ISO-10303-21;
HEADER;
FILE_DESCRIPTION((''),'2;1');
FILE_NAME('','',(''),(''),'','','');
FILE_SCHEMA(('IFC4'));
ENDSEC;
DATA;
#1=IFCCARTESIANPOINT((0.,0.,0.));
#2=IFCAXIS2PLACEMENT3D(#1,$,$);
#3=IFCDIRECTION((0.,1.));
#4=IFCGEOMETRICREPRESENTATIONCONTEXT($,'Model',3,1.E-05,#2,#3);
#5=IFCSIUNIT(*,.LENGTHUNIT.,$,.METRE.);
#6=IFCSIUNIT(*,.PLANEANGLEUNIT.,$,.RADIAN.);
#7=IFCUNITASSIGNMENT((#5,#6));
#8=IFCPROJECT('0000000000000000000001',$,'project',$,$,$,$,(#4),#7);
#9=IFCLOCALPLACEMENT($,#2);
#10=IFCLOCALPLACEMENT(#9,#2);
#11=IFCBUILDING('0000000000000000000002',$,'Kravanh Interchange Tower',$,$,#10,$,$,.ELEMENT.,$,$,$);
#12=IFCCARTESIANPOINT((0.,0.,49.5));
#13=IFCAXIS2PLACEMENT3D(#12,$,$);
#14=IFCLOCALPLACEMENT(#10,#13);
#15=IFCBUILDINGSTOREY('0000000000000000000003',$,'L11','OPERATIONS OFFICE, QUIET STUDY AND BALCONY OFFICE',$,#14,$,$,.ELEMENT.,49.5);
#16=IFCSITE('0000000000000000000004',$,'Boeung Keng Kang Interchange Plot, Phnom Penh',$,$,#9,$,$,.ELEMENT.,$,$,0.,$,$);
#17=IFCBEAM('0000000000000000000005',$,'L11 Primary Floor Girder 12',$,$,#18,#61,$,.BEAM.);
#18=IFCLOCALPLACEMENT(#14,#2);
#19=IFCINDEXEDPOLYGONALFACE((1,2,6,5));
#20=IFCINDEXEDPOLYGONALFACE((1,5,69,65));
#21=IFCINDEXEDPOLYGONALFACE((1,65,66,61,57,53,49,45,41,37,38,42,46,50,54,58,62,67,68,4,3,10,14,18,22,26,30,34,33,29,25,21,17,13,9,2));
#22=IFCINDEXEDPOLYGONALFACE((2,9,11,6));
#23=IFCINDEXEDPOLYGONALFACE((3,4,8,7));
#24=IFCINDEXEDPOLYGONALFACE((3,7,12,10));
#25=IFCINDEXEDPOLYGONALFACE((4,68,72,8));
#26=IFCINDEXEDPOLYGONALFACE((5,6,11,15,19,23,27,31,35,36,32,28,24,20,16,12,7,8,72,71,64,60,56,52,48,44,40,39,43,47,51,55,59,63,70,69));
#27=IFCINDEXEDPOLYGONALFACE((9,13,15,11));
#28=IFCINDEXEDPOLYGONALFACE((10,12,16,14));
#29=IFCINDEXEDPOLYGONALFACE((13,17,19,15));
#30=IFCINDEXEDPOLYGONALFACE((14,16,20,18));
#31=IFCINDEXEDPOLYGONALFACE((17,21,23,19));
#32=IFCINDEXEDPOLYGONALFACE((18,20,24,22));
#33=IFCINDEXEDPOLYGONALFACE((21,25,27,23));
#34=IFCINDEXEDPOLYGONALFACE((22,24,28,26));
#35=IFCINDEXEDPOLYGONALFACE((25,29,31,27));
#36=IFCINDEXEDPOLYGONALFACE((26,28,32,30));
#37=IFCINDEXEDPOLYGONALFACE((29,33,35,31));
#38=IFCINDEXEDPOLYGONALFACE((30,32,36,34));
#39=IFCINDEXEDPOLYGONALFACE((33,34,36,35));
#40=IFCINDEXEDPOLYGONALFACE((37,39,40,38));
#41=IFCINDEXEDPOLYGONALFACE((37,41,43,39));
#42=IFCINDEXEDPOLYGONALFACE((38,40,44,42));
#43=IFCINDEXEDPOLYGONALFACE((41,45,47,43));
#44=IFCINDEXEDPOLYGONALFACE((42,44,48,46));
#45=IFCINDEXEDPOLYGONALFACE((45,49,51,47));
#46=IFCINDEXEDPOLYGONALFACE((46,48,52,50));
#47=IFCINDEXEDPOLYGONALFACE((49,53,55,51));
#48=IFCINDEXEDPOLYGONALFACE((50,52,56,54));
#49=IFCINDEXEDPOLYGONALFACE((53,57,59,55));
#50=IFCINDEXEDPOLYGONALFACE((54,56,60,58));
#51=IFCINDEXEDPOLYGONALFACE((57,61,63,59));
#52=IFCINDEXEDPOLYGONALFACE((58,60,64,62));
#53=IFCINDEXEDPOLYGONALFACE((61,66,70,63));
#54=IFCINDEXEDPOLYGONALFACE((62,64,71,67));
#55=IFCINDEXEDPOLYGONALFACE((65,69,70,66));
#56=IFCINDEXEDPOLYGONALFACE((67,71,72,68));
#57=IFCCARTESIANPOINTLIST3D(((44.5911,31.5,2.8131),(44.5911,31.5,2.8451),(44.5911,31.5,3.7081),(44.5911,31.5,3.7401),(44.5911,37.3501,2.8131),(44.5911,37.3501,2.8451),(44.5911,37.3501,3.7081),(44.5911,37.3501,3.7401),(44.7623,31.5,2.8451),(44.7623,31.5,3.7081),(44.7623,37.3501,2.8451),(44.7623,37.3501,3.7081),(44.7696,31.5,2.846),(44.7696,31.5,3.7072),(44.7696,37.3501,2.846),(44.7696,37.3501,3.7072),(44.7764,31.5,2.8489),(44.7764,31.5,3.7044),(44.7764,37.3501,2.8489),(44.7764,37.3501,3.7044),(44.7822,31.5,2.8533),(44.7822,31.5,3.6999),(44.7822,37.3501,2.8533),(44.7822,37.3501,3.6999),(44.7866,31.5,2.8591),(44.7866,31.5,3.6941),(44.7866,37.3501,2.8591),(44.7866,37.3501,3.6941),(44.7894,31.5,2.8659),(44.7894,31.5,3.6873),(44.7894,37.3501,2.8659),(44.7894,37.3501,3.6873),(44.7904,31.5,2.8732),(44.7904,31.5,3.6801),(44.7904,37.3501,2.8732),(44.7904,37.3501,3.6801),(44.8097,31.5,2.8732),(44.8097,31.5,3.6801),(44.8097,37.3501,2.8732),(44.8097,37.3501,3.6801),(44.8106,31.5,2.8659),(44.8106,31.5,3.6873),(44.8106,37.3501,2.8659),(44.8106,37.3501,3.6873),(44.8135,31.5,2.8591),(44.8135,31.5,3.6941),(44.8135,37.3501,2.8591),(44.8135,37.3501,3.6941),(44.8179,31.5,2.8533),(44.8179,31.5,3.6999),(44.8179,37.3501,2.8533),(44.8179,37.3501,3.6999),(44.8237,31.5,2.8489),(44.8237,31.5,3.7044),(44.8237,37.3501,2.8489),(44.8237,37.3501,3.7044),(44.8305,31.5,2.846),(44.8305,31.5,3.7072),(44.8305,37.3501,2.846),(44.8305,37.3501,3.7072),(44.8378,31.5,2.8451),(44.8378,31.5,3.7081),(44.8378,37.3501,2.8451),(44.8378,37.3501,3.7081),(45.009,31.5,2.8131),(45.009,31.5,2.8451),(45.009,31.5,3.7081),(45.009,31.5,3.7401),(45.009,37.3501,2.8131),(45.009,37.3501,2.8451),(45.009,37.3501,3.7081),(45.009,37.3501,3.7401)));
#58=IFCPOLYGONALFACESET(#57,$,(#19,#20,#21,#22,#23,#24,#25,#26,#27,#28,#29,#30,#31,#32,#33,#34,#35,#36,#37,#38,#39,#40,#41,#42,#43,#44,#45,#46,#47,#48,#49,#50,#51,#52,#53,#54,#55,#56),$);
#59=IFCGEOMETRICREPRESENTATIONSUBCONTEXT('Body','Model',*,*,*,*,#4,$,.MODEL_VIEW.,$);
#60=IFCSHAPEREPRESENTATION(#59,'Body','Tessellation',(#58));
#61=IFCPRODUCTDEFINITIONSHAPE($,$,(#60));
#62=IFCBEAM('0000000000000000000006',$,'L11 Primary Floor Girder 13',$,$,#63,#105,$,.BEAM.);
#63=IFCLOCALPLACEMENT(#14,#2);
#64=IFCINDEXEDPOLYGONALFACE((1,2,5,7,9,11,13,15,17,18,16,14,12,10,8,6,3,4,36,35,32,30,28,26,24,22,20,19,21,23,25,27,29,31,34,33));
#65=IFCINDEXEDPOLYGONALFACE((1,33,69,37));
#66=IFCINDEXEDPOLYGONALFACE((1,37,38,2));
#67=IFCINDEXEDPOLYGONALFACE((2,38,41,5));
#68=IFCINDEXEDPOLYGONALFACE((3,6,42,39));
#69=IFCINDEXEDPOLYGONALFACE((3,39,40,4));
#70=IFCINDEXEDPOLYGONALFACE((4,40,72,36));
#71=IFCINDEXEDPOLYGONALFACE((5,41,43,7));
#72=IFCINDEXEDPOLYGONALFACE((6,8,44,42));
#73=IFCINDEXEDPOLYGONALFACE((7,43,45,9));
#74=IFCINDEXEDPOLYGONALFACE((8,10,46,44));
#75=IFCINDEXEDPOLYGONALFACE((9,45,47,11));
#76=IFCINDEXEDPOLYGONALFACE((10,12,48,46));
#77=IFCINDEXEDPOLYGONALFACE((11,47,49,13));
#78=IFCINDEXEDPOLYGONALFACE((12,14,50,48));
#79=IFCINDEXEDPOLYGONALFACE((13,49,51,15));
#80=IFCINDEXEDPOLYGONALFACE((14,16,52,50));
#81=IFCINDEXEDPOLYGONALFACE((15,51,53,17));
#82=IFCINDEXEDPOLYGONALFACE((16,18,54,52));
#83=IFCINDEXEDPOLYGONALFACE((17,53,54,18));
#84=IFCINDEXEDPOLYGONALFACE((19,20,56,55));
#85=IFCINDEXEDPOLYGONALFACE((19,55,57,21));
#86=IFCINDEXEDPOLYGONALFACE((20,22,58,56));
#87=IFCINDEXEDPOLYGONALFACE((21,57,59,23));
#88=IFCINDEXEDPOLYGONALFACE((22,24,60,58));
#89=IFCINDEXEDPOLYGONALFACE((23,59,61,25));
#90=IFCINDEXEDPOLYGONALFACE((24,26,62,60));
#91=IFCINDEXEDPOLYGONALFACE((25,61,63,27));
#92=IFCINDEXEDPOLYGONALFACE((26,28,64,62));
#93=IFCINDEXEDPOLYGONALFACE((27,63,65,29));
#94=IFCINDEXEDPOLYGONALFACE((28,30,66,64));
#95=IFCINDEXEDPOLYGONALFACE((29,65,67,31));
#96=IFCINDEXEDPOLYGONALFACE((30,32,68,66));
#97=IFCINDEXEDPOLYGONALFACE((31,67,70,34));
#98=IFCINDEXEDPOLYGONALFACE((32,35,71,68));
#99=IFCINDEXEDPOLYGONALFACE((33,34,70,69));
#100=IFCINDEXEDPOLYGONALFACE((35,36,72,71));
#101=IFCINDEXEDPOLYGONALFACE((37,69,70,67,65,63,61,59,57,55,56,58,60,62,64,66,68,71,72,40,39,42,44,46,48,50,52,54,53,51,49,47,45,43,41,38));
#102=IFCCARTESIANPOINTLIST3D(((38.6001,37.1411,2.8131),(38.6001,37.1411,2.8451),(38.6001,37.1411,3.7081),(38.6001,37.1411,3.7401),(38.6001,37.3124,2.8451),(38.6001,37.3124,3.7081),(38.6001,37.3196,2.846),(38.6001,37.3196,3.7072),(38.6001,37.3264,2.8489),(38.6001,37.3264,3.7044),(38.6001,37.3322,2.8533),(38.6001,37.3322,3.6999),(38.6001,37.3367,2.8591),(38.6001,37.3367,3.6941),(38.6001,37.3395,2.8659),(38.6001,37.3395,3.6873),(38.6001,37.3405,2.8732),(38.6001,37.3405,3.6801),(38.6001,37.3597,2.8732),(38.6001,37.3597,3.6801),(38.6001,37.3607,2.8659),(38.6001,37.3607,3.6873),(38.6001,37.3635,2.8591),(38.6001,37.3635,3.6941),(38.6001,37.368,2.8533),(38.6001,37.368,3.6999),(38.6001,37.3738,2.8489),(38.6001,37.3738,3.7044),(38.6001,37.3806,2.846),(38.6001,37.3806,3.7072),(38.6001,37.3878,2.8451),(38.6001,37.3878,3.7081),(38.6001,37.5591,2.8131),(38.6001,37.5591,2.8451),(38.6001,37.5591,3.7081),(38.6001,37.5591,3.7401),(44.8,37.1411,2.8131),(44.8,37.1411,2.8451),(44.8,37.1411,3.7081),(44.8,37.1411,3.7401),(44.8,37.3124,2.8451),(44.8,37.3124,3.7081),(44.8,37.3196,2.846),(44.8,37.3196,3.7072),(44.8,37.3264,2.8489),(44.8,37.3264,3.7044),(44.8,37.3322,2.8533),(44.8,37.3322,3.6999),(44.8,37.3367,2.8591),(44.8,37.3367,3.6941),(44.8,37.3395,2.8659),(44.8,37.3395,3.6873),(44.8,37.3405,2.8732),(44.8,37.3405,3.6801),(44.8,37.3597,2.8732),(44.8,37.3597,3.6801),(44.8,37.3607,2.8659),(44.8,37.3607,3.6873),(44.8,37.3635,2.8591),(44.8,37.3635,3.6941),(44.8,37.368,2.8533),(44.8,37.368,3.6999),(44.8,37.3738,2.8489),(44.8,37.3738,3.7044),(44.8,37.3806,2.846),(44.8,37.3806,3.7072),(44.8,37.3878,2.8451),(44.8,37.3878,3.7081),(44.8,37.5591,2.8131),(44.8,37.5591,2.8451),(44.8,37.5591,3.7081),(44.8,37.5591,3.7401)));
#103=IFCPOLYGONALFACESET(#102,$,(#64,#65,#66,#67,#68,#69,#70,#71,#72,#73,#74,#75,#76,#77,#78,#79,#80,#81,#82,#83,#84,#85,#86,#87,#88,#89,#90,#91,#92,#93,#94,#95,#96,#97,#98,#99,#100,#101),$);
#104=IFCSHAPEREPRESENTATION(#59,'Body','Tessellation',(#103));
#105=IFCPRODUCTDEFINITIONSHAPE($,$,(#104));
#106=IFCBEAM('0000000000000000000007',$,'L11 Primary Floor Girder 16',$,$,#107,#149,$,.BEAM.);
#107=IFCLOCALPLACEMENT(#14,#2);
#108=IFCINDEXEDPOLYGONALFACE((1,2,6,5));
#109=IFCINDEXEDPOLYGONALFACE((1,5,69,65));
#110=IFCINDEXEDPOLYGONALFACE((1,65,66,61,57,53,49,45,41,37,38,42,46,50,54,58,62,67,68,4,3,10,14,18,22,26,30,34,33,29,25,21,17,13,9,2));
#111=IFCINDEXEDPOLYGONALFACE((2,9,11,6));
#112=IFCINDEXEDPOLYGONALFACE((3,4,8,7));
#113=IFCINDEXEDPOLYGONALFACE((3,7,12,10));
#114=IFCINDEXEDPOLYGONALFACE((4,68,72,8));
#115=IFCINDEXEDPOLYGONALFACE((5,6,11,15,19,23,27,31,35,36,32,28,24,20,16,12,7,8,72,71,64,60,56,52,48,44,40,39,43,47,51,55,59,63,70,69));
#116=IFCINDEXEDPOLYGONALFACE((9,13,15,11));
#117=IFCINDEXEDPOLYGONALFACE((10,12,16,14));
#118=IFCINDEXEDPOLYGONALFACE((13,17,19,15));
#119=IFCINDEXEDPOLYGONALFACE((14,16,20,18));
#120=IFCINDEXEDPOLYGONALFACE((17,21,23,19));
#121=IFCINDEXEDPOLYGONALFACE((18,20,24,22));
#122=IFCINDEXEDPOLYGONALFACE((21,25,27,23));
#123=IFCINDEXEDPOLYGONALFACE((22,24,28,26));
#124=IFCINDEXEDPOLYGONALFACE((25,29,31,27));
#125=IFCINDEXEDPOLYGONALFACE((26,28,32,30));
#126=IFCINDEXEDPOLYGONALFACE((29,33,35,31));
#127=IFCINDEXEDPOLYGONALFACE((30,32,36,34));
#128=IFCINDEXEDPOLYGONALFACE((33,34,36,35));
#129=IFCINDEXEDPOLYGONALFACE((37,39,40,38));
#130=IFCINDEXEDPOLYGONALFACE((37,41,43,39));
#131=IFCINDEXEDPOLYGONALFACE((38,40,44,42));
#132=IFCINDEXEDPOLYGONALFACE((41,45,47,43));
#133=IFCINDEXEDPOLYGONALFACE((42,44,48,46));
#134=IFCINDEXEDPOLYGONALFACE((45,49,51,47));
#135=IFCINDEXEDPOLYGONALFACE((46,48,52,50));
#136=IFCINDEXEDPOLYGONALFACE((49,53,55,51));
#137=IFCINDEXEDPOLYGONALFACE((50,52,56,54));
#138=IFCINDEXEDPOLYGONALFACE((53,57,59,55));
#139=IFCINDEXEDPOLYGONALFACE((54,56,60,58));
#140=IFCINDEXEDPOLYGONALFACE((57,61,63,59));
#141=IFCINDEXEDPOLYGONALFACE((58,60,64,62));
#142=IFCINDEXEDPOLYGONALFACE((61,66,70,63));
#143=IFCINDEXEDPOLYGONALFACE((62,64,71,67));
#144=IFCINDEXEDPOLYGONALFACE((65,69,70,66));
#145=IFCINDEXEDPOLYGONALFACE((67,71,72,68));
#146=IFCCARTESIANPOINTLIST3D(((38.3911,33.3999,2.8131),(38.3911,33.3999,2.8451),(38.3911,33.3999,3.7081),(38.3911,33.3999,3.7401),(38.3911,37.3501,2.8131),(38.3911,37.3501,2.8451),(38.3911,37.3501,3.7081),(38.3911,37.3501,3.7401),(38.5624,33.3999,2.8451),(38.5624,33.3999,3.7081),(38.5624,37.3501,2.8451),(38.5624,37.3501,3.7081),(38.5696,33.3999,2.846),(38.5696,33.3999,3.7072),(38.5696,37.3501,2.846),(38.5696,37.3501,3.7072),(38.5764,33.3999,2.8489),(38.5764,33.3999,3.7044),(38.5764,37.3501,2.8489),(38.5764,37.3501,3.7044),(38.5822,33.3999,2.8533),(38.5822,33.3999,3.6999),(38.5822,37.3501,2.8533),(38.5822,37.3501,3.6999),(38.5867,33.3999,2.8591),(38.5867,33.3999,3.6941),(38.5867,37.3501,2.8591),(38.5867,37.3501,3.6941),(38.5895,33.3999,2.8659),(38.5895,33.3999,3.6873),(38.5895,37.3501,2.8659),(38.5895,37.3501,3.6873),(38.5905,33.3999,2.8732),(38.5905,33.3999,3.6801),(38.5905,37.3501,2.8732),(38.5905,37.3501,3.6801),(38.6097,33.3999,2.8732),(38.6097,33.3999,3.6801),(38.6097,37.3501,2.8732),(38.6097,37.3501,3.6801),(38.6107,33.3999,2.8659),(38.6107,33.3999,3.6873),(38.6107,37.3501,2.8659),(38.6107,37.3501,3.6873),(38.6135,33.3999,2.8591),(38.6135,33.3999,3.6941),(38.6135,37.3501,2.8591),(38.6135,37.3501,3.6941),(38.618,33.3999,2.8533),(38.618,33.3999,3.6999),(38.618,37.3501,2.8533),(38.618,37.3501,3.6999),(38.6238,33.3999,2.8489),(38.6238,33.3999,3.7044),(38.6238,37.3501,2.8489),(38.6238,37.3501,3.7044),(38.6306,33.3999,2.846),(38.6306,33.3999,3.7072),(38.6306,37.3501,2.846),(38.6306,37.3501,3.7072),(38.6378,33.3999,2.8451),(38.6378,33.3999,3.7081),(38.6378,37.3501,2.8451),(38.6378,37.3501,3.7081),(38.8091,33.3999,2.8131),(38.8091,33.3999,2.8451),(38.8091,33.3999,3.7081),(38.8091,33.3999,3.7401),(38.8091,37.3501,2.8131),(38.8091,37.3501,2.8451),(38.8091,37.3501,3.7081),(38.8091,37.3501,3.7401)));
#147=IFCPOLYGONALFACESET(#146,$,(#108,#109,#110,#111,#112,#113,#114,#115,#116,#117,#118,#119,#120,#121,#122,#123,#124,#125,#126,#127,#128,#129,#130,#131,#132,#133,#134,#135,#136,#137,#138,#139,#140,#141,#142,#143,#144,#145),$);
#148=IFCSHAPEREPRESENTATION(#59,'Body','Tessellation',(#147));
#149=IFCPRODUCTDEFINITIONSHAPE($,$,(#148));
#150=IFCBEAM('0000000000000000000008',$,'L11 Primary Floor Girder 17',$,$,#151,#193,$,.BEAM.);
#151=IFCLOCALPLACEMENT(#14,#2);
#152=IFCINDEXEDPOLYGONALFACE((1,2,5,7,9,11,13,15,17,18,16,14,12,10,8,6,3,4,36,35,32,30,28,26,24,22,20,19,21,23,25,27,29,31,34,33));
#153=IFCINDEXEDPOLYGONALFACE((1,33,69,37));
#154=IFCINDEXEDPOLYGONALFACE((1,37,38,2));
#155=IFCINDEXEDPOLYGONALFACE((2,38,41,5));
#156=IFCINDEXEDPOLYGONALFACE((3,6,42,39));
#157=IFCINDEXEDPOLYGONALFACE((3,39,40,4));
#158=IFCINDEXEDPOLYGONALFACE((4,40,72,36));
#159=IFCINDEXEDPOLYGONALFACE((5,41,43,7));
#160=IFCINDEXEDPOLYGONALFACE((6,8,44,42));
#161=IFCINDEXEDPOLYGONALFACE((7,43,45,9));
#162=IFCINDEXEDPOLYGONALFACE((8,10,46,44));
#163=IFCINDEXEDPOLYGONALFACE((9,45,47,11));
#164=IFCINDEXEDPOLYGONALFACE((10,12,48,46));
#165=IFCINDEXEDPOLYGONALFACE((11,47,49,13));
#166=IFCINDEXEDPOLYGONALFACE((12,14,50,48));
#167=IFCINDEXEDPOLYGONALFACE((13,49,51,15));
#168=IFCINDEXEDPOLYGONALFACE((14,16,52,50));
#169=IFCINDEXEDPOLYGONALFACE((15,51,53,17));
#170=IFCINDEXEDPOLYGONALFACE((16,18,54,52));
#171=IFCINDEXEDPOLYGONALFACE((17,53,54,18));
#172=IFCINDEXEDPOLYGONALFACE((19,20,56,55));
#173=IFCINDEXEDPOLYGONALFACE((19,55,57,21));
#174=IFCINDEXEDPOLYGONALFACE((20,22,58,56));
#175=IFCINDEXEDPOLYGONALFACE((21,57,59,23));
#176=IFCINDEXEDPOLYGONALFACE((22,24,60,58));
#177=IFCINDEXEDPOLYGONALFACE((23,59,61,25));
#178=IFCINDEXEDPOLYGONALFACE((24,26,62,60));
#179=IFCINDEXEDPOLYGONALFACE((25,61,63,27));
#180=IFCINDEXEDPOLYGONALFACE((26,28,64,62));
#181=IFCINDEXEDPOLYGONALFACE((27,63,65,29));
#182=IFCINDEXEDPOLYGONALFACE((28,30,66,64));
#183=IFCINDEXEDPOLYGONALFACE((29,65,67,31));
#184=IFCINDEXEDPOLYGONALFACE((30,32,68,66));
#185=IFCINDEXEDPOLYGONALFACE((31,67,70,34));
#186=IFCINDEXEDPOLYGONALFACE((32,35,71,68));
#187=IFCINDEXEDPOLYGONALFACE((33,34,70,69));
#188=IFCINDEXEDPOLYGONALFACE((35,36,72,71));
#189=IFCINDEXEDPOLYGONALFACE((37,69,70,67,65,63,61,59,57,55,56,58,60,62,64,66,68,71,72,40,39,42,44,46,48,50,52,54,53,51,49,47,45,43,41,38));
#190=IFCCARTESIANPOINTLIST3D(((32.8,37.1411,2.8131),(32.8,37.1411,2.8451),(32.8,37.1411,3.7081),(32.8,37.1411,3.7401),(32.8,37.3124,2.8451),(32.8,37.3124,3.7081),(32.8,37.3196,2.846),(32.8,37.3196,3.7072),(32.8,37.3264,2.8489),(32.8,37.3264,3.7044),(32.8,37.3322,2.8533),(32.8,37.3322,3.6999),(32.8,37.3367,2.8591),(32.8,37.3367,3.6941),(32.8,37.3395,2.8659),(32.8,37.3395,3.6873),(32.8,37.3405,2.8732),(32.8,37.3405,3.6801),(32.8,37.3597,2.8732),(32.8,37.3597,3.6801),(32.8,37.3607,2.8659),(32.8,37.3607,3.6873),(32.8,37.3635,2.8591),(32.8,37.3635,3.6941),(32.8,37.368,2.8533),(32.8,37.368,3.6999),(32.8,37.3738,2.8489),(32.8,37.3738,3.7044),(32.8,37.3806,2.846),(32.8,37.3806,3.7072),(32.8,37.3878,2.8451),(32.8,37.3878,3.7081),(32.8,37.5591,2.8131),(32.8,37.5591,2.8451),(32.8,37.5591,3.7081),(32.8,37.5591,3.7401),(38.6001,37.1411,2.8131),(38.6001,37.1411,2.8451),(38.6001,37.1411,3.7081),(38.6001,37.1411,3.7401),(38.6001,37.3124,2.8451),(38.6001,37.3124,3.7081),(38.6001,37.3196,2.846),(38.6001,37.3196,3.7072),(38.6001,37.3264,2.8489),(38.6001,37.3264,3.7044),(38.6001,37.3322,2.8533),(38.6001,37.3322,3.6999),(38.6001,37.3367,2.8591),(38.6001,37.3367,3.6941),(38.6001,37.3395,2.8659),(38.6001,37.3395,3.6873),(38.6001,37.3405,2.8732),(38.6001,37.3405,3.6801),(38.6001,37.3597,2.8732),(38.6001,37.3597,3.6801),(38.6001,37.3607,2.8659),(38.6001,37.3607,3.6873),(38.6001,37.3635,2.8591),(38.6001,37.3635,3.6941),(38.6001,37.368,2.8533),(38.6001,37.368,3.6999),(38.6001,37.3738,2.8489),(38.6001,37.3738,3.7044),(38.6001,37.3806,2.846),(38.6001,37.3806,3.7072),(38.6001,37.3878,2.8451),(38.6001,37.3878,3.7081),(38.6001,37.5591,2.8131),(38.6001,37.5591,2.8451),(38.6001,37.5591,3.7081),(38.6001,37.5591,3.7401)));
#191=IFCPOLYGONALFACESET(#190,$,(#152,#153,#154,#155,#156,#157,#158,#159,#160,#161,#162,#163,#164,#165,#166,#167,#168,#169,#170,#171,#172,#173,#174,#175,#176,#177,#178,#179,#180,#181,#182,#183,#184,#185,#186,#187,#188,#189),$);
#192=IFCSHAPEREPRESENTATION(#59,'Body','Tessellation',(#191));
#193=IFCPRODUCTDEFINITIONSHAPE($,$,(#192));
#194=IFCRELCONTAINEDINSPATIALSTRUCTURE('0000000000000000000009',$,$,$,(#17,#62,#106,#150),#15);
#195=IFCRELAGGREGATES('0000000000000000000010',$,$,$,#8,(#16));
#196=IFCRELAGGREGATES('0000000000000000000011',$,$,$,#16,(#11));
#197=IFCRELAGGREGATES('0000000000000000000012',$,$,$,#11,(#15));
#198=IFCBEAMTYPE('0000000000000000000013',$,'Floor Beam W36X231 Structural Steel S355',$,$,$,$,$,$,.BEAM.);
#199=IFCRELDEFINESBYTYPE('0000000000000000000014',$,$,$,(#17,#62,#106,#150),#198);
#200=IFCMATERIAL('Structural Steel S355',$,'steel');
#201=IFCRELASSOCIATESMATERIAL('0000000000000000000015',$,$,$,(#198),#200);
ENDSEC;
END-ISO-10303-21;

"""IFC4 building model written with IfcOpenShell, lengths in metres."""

from ifc_helpers import new_model, si_unit, direction, frame, origin, origin_2d, place, context, subcontext, project, spatial, i_section, extrude, material, material_profile, profile_set, type_object, element, save


model = new_model("IFC4")

# Units and contexts
model_context = context("Model", 3, precision=1e-05, world=origin(), true_north=direction((0.0, 1.0)))
body_context = subcontext(model_context, "Body", "Model", "MODEL_VIEW")
ifc_project = project(units=[si_unit("LENGTHUNIT", "METRE"), si_unit("PLANEANGLEUNIT", "RADIAN")], contexts=[model_context])

# Site, building, storey
site_placement = place(None, origin())
site = spatial("IfcSite", under=ifc_project, at=site_placement, Name="Boeung Keng Kang Interchange Plot, Phnom Penh", CompositionType="ELEMENT", RefElevation=0.0)
building_placement = place(site_placement, origin())
building = spatial("IfcBuilding", under=site, at=building_placement, Name="Kravanh Interchange Tower", CompositionType="ELEMENT")
storey_placement = place(building_placement, frame((0.0, 0.0, 49.5)))
storey = spatial("IfcBuildingStorey", under=building, at=storey_placement, Name="L11", Description="OPERATIONS OFFICE, QUIET STUDY AND BALCONY OFFICE", CompositionType="ELEMENT", Elevation=49.5)

# Beams
ifc_material_1 = material(Name="Structural Steel S355", Category="steel")
ifc_material_profile_1 = material_profile(ifc_material_1, i_section(OverallWidth=0.418, OverallDepth=0.927, WebThickness=0.0193, FlangeThickness=0.032, FilletRadius=0.0281, at=origin_2d()), Name="W36X231")
ifc_profile_set_1 = profile_set([ifc_material_profile_1], Name="Structural Steel S355")
beam_type_1 = type_object("IfcBeamType", Name="Floor Beam W36X231 Structural Steel S355", PredefinedType="BEAM", material=ifc_profile_set_1)
beam_1_placement = place(storey_placement, frame((44.8, 37.3501, 3.2766), z_axis=(0.0, -1.0, 0.0), x_axis=(1.0, 0.0, 0.0)))
element("IfcBeam", 1, at=beam_1_placement, inside=storey, type_object=beam_type_1, Name="L11 Primary Floor Girder 12", PredefinedType="BEAM", context=body_context, shape_type="SweptSolid", body=[
    extrude(i_section(OverallWidth=0.418, OverallDepth=0.927, WebThickness=0.0193, FlangeThickness=0.032, FilletRadius=0.0281, at=origin_2d()), origin(), (0.0, 0.0, 1.0), 5.8501),
])
beam_2_placement = place(storey_placement, frame((44.8, 37.3501, 3.2766), z_axis=(-1.0, 0.0, 0.0), x_axis=(0.0, -1.0, 0.0)))
element("IfcBeam", 2, at=beam_2_placement, inside=storey, type_object=beam_type_1, Name="L11 Primary Floor Girder 13", PredefinedType="BEAM", context=body_context, shape_type="SweptSolid", body=[
    extrude(i_section(OverallWidth=0.418, OverallDepth=0.927, WebThickness=0.0193, FlangeThickness=0.032, FilletRadius=0.0281, at=origin_2d()), origin(), (0.0, 0.0, 1.0), 6.2),
])
beam_3_placement = place(storey_placement, frame((38.6001, 37.3501, 3.2766), z_axis=(0.0, -1.0, 0.0), x_axis=(1.0, 0.0, 0.0)))
element("IfcBeam", 3, at=beam_3_placement, inside=storey, type_object=beam_type_1, Name="L11 Primary Floor Girder 16", PredefinedType="BEAM", context=body_context, shape_type="SweptSolid", body=[
    extrude(i_section(OverallWidth=0.418, OverallDepth=0.927, WebThickness=0.0193, FlangeThickness=0.032, FilletRadius=0.0281, at=origin_2d()), origin(), (0.0, 0.0, 1.0), 3.9502),
])
beam_4_placement = place(storey_placement, frame((38.6001, 37.3501, 3.2766), z_axis=(-1.0, 0.0, 0.0), x_axis=(0.0, -1.0, 0.0)))
element("IfcBeam", 4, at=beam_4_placement, inside=storey, type_object=beam_type_1, Name="L11 Primary Floor Girder 17", PredefinedType="BEAM", context=body_context, shape_type="SweptSolid", body=[
    extrude(i_section(OverallWidth=0.418, OverallDepth=0.927, WebThickness=0.0193, FlangeThickness=0.032, FilletRadius=0.0281, at=origin_2d()), origin(), (0.0, 0.0, 1.0), 5.8),
])

save(model, "model.ifc")
